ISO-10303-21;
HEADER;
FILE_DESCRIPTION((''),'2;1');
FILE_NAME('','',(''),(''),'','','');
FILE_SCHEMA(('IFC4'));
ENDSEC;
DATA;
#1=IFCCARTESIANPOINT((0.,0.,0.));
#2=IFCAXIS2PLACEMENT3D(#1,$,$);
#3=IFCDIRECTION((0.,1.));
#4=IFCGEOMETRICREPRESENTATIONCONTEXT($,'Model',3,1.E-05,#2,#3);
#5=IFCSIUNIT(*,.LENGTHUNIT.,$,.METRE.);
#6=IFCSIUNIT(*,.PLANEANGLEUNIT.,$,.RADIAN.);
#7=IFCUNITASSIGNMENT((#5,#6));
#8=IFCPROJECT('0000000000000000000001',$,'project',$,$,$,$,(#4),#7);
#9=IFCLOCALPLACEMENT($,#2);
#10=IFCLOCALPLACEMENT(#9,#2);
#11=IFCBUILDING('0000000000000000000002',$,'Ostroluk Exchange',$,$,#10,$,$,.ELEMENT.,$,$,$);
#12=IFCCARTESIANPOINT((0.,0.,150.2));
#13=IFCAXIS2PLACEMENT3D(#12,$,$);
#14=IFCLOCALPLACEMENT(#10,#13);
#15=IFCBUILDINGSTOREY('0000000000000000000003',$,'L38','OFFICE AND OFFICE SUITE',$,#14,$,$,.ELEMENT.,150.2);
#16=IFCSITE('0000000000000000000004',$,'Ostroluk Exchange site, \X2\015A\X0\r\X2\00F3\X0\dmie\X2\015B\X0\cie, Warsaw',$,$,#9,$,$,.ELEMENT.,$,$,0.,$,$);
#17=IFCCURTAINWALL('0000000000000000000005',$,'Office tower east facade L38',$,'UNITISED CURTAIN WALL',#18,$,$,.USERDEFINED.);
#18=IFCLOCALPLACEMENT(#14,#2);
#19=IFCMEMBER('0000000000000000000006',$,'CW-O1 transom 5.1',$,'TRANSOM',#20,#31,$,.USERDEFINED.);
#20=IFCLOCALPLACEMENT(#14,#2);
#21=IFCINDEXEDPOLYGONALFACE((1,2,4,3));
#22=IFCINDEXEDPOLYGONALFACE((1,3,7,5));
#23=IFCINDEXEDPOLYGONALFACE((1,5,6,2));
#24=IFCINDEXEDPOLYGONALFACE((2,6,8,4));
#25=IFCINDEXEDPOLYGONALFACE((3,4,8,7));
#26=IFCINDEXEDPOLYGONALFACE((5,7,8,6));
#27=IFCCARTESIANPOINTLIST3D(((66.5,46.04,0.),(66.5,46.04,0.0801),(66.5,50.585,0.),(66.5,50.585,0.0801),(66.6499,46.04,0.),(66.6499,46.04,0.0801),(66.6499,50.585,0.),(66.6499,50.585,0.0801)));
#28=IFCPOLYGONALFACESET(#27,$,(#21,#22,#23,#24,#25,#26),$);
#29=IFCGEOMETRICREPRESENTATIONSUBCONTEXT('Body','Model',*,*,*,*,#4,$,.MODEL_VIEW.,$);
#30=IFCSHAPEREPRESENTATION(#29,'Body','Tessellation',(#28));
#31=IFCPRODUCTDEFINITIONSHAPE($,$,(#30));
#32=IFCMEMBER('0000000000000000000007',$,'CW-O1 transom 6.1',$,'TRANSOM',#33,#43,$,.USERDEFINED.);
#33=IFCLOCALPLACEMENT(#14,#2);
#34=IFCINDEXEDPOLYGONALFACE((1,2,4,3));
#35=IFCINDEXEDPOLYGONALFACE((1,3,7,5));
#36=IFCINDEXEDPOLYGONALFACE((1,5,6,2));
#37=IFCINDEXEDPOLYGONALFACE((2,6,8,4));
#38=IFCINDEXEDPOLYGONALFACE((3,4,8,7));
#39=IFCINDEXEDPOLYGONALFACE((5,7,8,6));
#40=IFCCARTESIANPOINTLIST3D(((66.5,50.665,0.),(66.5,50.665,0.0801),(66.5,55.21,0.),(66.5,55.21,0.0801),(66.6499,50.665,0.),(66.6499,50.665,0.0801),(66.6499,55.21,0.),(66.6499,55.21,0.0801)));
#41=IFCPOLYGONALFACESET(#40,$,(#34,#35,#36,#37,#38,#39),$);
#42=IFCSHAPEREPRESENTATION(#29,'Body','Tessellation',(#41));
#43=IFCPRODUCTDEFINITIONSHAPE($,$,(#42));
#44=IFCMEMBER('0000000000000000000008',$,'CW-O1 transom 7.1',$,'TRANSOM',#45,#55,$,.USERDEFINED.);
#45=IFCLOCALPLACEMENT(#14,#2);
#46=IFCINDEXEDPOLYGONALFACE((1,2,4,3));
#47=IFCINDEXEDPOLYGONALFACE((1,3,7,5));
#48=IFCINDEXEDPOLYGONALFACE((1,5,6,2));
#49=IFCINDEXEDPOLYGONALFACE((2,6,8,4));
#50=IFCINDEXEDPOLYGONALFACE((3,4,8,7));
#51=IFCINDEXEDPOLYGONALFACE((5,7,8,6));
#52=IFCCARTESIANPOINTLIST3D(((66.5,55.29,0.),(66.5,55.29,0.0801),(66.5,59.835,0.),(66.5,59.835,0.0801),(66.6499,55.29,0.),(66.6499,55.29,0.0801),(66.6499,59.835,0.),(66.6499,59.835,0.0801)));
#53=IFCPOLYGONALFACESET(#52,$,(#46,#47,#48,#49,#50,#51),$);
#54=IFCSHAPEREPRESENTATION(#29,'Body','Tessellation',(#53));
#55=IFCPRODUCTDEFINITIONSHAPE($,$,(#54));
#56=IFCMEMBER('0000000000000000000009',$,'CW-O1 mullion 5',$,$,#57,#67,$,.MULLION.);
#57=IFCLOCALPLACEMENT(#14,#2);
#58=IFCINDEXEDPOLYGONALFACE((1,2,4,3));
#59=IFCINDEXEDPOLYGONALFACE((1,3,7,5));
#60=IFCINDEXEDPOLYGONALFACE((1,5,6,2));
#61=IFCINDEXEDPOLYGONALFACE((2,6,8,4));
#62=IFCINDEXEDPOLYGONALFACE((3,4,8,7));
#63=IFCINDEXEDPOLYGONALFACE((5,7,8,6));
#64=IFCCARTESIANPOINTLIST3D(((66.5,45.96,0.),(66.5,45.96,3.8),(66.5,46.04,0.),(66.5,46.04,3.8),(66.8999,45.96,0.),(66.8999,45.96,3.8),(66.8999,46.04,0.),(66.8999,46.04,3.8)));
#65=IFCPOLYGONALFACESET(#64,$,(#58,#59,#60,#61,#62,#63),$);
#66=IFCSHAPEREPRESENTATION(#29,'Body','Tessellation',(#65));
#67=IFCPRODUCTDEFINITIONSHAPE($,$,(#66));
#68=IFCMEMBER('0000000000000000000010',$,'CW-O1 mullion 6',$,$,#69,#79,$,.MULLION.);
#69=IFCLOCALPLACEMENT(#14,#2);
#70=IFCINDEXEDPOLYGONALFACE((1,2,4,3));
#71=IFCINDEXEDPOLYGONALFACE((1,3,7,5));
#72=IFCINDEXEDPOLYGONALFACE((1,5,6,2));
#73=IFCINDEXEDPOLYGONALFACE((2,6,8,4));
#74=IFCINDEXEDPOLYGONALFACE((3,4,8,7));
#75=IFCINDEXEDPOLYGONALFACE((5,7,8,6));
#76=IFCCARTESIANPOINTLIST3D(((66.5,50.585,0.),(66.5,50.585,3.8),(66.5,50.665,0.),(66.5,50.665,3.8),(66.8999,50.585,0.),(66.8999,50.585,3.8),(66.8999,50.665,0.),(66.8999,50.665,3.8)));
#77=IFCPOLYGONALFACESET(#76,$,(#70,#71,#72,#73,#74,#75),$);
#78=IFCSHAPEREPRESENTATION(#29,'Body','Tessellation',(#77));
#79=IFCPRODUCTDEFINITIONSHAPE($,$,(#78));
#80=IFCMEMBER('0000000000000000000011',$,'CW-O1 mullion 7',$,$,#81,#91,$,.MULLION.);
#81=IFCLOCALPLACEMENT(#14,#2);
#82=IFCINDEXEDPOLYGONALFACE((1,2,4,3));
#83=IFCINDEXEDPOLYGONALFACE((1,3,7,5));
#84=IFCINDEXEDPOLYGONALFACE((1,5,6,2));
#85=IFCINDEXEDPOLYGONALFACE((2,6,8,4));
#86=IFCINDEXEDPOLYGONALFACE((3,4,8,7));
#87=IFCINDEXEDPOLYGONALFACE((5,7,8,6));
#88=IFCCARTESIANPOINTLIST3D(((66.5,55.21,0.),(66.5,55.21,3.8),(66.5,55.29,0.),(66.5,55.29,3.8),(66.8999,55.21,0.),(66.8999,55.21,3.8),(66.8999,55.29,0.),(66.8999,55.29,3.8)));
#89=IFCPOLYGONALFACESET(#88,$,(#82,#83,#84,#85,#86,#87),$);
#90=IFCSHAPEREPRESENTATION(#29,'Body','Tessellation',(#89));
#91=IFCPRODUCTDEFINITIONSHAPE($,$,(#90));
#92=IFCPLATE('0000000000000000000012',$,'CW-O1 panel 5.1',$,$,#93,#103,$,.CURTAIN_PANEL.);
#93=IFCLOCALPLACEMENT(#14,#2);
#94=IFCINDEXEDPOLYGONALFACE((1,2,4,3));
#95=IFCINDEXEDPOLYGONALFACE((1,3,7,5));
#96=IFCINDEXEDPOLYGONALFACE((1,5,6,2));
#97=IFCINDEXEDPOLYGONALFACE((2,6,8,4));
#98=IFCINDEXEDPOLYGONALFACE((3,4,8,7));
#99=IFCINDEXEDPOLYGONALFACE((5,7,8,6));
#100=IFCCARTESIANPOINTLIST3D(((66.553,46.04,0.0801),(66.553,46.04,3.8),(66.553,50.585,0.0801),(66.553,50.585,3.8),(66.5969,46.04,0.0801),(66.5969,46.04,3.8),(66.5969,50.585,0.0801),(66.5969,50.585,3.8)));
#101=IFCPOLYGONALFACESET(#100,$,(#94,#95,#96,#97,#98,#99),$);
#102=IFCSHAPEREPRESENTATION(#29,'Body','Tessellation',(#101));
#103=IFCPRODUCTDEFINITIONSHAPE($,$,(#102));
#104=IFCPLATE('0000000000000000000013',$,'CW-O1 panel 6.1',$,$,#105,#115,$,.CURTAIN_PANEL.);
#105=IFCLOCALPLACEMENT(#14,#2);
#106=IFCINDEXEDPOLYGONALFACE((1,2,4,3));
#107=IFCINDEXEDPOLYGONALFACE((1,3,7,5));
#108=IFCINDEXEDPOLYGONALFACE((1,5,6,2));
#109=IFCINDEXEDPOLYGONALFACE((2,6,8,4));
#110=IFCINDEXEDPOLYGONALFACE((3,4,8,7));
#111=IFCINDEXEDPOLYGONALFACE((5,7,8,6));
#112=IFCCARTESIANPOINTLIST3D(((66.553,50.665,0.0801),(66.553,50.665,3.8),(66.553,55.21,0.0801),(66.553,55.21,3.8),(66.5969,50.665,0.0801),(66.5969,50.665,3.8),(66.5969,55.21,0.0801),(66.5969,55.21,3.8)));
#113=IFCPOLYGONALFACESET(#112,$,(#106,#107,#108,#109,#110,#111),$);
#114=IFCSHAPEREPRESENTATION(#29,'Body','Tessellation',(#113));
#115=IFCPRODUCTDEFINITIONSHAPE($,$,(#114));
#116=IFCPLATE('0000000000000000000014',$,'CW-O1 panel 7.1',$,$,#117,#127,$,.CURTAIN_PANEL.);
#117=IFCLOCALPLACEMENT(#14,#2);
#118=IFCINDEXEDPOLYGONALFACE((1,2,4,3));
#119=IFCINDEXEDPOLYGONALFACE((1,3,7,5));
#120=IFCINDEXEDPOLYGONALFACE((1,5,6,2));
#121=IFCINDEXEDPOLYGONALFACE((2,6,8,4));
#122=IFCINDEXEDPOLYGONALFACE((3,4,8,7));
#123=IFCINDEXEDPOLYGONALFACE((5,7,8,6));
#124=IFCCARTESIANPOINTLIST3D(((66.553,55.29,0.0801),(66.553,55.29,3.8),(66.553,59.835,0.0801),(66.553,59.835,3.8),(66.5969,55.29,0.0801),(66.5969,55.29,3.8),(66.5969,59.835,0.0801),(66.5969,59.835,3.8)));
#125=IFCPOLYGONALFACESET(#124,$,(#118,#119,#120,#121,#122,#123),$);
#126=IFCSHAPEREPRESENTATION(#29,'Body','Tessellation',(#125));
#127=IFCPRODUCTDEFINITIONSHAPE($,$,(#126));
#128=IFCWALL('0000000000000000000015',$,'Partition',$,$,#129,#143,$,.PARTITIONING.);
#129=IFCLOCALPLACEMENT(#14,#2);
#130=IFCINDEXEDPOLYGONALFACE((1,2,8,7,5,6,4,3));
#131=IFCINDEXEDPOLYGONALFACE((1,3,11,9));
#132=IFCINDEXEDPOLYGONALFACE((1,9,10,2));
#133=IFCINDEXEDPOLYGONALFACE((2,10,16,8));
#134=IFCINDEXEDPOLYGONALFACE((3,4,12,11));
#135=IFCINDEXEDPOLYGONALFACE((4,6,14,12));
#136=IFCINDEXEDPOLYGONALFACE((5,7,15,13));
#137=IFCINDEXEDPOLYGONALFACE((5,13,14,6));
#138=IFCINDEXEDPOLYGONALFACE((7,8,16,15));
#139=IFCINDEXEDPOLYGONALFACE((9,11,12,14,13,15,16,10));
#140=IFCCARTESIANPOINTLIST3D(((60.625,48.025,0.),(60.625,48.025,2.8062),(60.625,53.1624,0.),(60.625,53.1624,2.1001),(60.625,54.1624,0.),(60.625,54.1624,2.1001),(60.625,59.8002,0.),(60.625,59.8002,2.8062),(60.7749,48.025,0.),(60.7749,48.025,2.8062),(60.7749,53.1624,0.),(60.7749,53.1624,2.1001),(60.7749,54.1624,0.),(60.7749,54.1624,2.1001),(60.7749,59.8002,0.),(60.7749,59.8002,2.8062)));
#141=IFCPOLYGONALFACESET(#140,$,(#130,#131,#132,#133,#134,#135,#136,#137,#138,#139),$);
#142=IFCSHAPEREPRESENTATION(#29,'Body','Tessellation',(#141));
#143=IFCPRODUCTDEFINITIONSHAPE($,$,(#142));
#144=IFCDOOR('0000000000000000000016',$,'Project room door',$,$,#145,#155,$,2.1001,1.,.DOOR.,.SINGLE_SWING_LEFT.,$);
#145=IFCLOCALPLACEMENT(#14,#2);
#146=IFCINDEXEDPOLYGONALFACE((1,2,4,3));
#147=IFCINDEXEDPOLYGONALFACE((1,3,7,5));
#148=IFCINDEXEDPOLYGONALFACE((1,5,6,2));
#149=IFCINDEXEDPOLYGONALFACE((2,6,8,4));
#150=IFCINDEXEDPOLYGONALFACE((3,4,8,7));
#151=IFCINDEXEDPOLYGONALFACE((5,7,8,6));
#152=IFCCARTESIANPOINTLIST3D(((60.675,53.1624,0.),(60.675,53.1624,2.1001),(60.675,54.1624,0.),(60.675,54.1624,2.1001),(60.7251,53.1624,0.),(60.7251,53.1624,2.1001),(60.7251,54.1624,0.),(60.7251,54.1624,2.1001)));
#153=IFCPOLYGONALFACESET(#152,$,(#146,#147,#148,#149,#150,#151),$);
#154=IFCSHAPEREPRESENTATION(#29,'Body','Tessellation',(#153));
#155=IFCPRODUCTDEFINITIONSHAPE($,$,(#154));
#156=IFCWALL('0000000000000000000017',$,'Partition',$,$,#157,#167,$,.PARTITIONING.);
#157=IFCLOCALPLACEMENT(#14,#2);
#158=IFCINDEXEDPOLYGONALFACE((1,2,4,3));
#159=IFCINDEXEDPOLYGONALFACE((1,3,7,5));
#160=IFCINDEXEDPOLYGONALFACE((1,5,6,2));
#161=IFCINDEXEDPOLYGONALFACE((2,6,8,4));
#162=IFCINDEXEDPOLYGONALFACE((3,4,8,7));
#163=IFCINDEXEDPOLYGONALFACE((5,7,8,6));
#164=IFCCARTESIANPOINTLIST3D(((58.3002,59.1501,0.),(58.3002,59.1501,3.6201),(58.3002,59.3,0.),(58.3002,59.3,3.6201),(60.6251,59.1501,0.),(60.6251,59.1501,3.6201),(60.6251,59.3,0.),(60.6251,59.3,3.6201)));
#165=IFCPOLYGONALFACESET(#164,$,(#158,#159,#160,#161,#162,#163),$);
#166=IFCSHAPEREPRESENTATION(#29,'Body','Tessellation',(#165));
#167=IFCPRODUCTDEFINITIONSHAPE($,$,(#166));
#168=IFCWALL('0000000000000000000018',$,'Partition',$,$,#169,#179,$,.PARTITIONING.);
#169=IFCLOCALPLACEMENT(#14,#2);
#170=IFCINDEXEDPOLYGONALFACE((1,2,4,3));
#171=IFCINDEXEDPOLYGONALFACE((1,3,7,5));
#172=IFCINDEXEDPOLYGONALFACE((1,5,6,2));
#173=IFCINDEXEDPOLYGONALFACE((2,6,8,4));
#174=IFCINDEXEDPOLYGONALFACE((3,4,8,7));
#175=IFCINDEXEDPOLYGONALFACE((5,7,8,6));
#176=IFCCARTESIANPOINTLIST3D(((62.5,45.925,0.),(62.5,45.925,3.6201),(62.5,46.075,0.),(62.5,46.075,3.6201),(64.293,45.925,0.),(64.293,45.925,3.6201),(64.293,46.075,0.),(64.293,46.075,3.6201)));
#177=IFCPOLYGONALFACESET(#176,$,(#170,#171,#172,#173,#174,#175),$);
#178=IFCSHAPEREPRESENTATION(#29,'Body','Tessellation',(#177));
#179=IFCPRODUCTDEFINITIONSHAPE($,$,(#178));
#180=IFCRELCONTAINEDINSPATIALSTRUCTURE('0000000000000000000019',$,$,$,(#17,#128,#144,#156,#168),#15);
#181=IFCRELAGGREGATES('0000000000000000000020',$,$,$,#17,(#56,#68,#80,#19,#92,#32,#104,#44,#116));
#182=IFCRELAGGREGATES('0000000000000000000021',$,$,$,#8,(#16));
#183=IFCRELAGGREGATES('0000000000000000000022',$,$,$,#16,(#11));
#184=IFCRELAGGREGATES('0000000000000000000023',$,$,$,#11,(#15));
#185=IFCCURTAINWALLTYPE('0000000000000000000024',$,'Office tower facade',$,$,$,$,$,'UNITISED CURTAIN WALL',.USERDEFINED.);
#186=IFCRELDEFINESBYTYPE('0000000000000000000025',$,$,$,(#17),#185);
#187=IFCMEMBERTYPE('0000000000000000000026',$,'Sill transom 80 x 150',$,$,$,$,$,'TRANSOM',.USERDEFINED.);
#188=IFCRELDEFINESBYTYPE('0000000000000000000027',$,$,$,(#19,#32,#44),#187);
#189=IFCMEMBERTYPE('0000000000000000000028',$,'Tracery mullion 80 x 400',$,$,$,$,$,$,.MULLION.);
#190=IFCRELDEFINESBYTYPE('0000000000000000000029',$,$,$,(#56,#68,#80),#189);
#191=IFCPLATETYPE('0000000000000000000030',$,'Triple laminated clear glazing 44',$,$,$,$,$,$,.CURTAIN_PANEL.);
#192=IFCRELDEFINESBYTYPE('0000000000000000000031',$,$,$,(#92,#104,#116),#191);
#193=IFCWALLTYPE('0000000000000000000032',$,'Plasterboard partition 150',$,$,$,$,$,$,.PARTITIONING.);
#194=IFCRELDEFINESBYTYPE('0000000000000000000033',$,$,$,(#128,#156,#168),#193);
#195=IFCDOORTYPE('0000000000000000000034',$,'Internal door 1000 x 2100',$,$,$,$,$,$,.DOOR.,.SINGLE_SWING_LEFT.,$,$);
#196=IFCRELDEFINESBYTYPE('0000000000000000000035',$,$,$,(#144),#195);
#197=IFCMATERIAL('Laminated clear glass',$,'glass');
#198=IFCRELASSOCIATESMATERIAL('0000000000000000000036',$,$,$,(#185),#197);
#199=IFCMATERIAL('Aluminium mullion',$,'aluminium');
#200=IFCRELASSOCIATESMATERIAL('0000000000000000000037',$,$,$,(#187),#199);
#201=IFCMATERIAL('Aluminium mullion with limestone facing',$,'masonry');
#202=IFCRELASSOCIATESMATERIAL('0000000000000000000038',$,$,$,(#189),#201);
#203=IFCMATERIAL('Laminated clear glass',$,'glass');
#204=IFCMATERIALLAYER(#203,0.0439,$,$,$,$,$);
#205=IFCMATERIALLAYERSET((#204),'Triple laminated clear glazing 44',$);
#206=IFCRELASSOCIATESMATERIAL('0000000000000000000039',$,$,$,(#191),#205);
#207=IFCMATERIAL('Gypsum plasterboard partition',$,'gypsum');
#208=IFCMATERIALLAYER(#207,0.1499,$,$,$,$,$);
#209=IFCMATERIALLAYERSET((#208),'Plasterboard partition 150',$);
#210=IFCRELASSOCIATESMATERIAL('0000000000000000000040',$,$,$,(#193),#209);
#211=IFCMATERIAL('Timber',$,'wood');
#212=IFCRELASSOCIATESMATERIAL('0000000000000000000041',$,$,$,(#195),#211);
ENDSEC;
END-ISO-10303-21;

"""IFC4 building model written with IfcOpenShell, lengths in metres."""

from ifc_helpers import new_model, si_unit, direction, frame, frame_2d, origin, origin_2d, place, context, subcontext, project, spatial, rectangle, extrude, material, layer, layer_set, material_profile, profile_set, type_object, element, fill, aggregate, save


model = new_model("IFC4")

# Units and contexts
model_context = context("Model", 3, precision=1e-05, world=origin(), true_north=direction((0.0, 1.0)))
body_context = subcontext(model_context, "Body", "Model", "MODEL_VIEW")
ifc_project = project(units=[si_unit("LENGTHUNIT", "METRE"), si_unit("PLANEANGLEUNIT", "RADIAN")], contexts=[model_context])

# Site, building, storey
site_placement = place(None, origin())
site = spatial("IfcSite", under=ifc_project, at=site_placement, Name="Ostroluk Exchange site, Śródmieście, Warsaw", CompositionType="ELEMENT", RefElevation=0.0)
building_placement = place(site_placement, origin())
building = spatial("IfcBuilding", under=site, at=building_placement, Name="Ostroluk Exchange", CompositionType="ELEMENT")
storey_placement = place(building_placement, frame((0.0, 0.0, 150.2)))
storey = spatial("IfcBuildingStorey", under=building, at=storey_placement, Name="L38", Description="OFFICE AND OFFICE SUITE", CompositionType="ELEMENT", Elevation=150.2)

# Curtain wall, members, plates
ifc_material_1 = material(Name="Laminated clear glass", Category="glass")
curtain_wall_type = type_object("IfcCurtainWallType", Name="Office tower facade", ElementType="UNITISED CURTAIN WALL", PredefinedType="USERDEFINED", material=ifc_material_1)
curtain_wall_placement = place(storey_placement, origin())
curtain_wall = element("IfcCurtainWall", 1, at=curtain_wall_placement, inside=storey, type_object=curtain_wall_type, Name="Office tower east facade L38", ObjectType="UNITISED CURTAIN WALL", PredefinedType="USERDEFINED")
ifc_material_2 = material(Name="Aluminium mullion", Category="aluminium")
ifc_material_profile_1 = material_profile(ifc_material_2, rectangle(XDim=0.1499, YDim=0.0801, at=origin_2d()), Name="Sill transom 80 x 150")
ifc_profile_set_1 = profile_set([ifc_material_profile_1], Name="Aluminium mullion")
member_type_1 = type_object("IfcMemberType", Name="Sill transom 80 x 150", ElementType="TRANSOM", PredefinedType="USERDEFINED", material=ifc_profile_set_1)
member_1_placement = place(storey_placement, frame((66.575, 46.04, 0.04), z_axis=(0.0, 1.0, 0.0), x_axis=(-1.0, 0.0, 0.0)))
member_1 = element("IfcMember", 2, at=member_1_placement, type_object=member_type_1, Name="CW-O1 transom 5.1", ObjectType="TRANSOM", PredefinedType="USERDEFINED", context=body_context, shape_type="SweptSolid", body=[
    extrude(rectangle(XDim=0.1499, YDim=0.0801, at=origin_2d()), origin(), (0.0, 0.0, 1.0), 4.5449),
])
member_2_placement = place(storey_placement, frame((66.575, 50.665, 0.04), z_axis=(0.0, 1.0, 0.0), x_axis=(-1.0, 0.0, 0.0)))
member_2 = element("IfcMember", 3, at=member_2_placement, type_object=member_type_1, Name="CW-O1 transom 6.1", ObjectType="TRANSOM", PredefinedType="USERDEFINED", context=body_context, shape_type="SweptSolid", body=[
    extrude(rectangle(XDim=0.1499, YDim=0.0801, at=origin_2d()), origin(), (0.0, 0.0, 1.0), 4.5449),
])
member_3_placement = place(storey_placement, frame((66.575, 55.29, 0.04), z_axis=(0.0, 1.0, 0.0), x_axis=(-1.0, 0.0, 0.0)))
member_3 = element("IfcMember", 4, at=member_3_placement, type_object=member_type_1, Name="CW-O1 transom 7.1", ObjectType="TRANSOM", PredefinedType="USERDEFINED", context=body_context, shape_type="SweptSolid", body=[
    extrude(rectangle(XDim=0.1499, YDim=0.0801, at=origin_2d()), origin(), (0.0, 0.0, 1.0), 4.5449),
])
ifc_material_3 = material(Name="Aluminium mullion with limestone facing", Category="masonry")
ifc_material_profile_2 = material_profile(ifc_material_3, rectangle(XDim=0.3999, YDim=0.0801, at=origin_2d()), Name="Tracery mullion 80 x 400")
ifc_profile_set_2 = profile_set([ifc_material_profile_2], Name="Aluminium mullion with limestone facing")
member_type_2 = type_object("IfcMemberType", Name="Tracery mullion 80 x 400", PredefinedType="MULLION", material=ifc_profile_set_2)
member_4_placement = place(storey_placement, frame((66.7, 46.0, 0.0), z_axis=(0.0, 0.0, 1.0), x_axis=(-1.0, 0.0, 0.0)))
member_4 = element("IfcMember", 5, at=member_4_placement, type_object=member_type_2, Name="CW-O1 mullion 5", PredefinedType="MULLION", context=body_context, shape_type="SweptSolid", body=[
    extrude(rectangle(XDim=0.3999, YDim=0.0801, at=origin_2d()), origin(), (0.0, 0.0, 1.0), 3.8),
])
member_5_placement = place(storey_placement, frame((66.7, 50.625, 0.0), z_axis=(0.0, 0.0, 1.0), x_axis=(-1.0, 0.0, 0.0)))
member_5 = element("IfcMember", 6, at=member_5_placement, type_object=member_type_2, Name="CW-O1 mullion 6", PredefinedType="MULLION", context=body_context, shape_type="SweptSolid", body=[
    extrude(rectangle(XDim=0.3999, YDim=0.0801, at=origin_2d()), origin(), (0.0, 0.0, 1.0), 3.8),
])
member_6_placement = place(storey_placement, frame((66.7, 55.25, 0.0), z_axis=(0.0, 0.0, 1.0), x_axis=(-1.0, 0.0, 0.0)))
member_6 = element("IfcMember", 7, at=member_6_placement, type_object=member_type_2, Name="CW-O1 mullion 7", PredefinedType="MULLION", context=body_context, shape_type="SweptSolid", body=[
    extrude(rectangle(XDim=0.3999, YDim=0.0801, at=origin_2d()), origin(), (0.0, 0.0, 1.0), 3.8),
])
ifc_material_4 = material(Name="Laminated clear glass", Category="glass")
ifc_layer_1 = layer(ifc_material_4, 0.0439)
ifc_layer_set_1 = layer_set([ifc_layer_1], Name="Triple laminated clear glazing 44")
plate_type = type_object("IfcPlateType", Name="Triple laminated clear glazing 44", PredefinedType="CURTAIN_PANEL", material=ifc_layer_set_1)
plate_1_placement = place(storey_placement, frame((66.575, 48.3125, 0.0801), z_axis=(0.0, 0.0, 1.0), x_axis=(0.0, 1.0, 0.0)))
plate_1 = element("IfcPlate", 8, at=plate_1_placement, type_object=plate_type, Name="CW-O1 panel 5.1", PredefinedType="CURTAIN_PANEL", context=body_context, shape_type="SweptSolid", body=[
    extrude(rectangle(XDim=4.5449, YDim=0.0439, at=origin_2d()), origin(), (0.0, 0.0, 1.0), 3.72),
])
plate_2_placement = place(storey_placement, frame((66.575, 52.9375, 0.0801), z_axis=(0.0, 0.0, 1.0), x_axis=(0.0, 1.0, 0.0)))
plate_2 = element("IfcPlate", 9, at=plate_2_placement, type_object=plate_type, Name="CW-O1 panel 6.1", PredefinedType="CURTAIN_PANEL", context=body_context, shape_type="SweptSolid", body=[
    extrude(rectangle(XDim=4.5449, YDim=0.0439, at=origin_2d()), origin(), (0.0, 0.0, 1.0), 3.72),
])
plate_3_placement = place(storey_placement, frame((66.575, 57.5625, 0.0801), z_axis=(0.0, 0.0, 1.0), x_axis=(0.0, 1.0, 0.0)))
plate_3 = element("IfcPlate", 10, at=plate_3_placement, type_object=plate_type, Name="CW-O1 panel 7.1", PredefinedType="CURTAIN_PANEL", context=body_context, shape_type="SweptSolid", body=[
    extrude(rectangle(XDim=4.5449, YDim=0.0439, at=origin_2d()), origin(), (0.0, 0.0, 1.0), 3.72),
])
aggregate(curtain_wall, [member_4, member_5, member_6, member_1, plate_1, member_2, plate_2, member_3, plate_3])

# Wall, opening, door
ifc_material_5 = material(Name="Gypsum plasterboard partition", Category="gypsum")
ifc_layer_2 = layer(ifc_material_5, 0.1499)
ifc_layer_set_2 = layer_set([ifc_layer_2], Name="Plasterboard partition 150")
wall_type = type_object("IfcWallType", Name="Plasterboard partition 150", PredefinedType="PARTITIONING", material=ifc_layer_set_2)
wall_1_placement = place(storey_placement, frame((60.7, 48.0249, 0.0), z_axis=(0.0, 0.0, 1.0), x_axis=(0.0, 1.0, 0.0)))
wall_1 = element("IfcWall", 11, at=wall_1_placement, inside=storey, type_object=wall_type, Name="Partition", PredefinedType="PARTITIONING", context=body_context, shape_type="SweptSolid", body=[
    extrude(rectangle(XDim=11.7751, YDim=0.1499, at=frame_2d((5.8877, 0.0))), origin(), (0.0, 0.0, 1.0), 2.8062),
])
opening_placement = place(wall_1_placement, frame((5.1375, 0.0, 0.0)))
opening = element("IfcOpeningElement", 12, at=opening_placement, cuts=wall_1, PredefinedType="OPENING", context=body_context, shape_type="SweptSolid", body=[
    extrude(rectangle(XDim=1.0, YDim=2.1001, at=frame_2d((0.5, 1.05))), frame((0.0, 0.085, 0.0), z_axis=(0.0, -1.0, 0.0), x_axis=(1.0, 0.0, 0.0)), (0.0, 0.0, 1.0), 0.1699),
])
ifc_material_6 = material(Name="Timber", Category="wood")
door_type = type_object("IfcDoorType", Name="Internal door 1000 x 2100", OperationType="SINGLE_SWING_LEFT", PredefinedType="DOOR", material=ifc_material_6)
door_placement = place(opening_placement, origin())
door = element("IfcDoor", 13, at=door_placement, inside=storey, type_object=door_type, Name="Project room door", OperationType="SINGLE_SWING_LEFT", OverallHeight=2.1001, OverallWidth=1.0, PredefinedType="DOOR", context=body_context, shape_type="SweptSolid", body=[
    extrude(rectangle(XDim=1.0, YDim=2.1001, at=frame_2d((0.5, 1.05))), frame((0.0, 0.0249, 0.0), z_axis=(0.0, -1.0, 0.0), x_axis=(1.0, 0.0, 0.0)), (0.0, 0.0, 1.0), 0.05),
])
fill(opening, door)

# Walls
wall_2_placement = place(storey_placement, frame((58.3, 59.2251, 0.0), z_axis=(0.0, 0.0, 1.0), x_axis=(1.0, 0.0, 0.0)))
element("IfcWall", 14, at=wall_2_placement, inside=storey, type_object=wall_type, Name="Partition", PredefinedType="PARTITIONING", context=body_context, shape_type="SweptSolid", body=[
    extrude(rectangle(XDim=2.325, YDim=0.1499, at=frame_2d((1.1626, 0.0))), origin(), (0.0, 0.0, 1.0), 3.6201),
])
wall_3_placement = place(storey_placement, frame((62.5, 46.0, 0.0), z_axis=(0.0, 0.0, 1.0), x_axis=(1.0, 0.0, 0.0)))
element("IfcWall", 15, at=wall_3_placement, inside=storey, type_object=wall_type, Name="Partition", PredefinedType="PARTITIONING", context=body_context, shape_type="SweptSolid", body=[
    extrude(rectangle(XDim=1.793, YDim=0.1499, at=frame_2d((0.8965, 0.0))), origin(), (0.0, 0.0, 1.0), 3.6201),
])

save(model, "model.ifc")
